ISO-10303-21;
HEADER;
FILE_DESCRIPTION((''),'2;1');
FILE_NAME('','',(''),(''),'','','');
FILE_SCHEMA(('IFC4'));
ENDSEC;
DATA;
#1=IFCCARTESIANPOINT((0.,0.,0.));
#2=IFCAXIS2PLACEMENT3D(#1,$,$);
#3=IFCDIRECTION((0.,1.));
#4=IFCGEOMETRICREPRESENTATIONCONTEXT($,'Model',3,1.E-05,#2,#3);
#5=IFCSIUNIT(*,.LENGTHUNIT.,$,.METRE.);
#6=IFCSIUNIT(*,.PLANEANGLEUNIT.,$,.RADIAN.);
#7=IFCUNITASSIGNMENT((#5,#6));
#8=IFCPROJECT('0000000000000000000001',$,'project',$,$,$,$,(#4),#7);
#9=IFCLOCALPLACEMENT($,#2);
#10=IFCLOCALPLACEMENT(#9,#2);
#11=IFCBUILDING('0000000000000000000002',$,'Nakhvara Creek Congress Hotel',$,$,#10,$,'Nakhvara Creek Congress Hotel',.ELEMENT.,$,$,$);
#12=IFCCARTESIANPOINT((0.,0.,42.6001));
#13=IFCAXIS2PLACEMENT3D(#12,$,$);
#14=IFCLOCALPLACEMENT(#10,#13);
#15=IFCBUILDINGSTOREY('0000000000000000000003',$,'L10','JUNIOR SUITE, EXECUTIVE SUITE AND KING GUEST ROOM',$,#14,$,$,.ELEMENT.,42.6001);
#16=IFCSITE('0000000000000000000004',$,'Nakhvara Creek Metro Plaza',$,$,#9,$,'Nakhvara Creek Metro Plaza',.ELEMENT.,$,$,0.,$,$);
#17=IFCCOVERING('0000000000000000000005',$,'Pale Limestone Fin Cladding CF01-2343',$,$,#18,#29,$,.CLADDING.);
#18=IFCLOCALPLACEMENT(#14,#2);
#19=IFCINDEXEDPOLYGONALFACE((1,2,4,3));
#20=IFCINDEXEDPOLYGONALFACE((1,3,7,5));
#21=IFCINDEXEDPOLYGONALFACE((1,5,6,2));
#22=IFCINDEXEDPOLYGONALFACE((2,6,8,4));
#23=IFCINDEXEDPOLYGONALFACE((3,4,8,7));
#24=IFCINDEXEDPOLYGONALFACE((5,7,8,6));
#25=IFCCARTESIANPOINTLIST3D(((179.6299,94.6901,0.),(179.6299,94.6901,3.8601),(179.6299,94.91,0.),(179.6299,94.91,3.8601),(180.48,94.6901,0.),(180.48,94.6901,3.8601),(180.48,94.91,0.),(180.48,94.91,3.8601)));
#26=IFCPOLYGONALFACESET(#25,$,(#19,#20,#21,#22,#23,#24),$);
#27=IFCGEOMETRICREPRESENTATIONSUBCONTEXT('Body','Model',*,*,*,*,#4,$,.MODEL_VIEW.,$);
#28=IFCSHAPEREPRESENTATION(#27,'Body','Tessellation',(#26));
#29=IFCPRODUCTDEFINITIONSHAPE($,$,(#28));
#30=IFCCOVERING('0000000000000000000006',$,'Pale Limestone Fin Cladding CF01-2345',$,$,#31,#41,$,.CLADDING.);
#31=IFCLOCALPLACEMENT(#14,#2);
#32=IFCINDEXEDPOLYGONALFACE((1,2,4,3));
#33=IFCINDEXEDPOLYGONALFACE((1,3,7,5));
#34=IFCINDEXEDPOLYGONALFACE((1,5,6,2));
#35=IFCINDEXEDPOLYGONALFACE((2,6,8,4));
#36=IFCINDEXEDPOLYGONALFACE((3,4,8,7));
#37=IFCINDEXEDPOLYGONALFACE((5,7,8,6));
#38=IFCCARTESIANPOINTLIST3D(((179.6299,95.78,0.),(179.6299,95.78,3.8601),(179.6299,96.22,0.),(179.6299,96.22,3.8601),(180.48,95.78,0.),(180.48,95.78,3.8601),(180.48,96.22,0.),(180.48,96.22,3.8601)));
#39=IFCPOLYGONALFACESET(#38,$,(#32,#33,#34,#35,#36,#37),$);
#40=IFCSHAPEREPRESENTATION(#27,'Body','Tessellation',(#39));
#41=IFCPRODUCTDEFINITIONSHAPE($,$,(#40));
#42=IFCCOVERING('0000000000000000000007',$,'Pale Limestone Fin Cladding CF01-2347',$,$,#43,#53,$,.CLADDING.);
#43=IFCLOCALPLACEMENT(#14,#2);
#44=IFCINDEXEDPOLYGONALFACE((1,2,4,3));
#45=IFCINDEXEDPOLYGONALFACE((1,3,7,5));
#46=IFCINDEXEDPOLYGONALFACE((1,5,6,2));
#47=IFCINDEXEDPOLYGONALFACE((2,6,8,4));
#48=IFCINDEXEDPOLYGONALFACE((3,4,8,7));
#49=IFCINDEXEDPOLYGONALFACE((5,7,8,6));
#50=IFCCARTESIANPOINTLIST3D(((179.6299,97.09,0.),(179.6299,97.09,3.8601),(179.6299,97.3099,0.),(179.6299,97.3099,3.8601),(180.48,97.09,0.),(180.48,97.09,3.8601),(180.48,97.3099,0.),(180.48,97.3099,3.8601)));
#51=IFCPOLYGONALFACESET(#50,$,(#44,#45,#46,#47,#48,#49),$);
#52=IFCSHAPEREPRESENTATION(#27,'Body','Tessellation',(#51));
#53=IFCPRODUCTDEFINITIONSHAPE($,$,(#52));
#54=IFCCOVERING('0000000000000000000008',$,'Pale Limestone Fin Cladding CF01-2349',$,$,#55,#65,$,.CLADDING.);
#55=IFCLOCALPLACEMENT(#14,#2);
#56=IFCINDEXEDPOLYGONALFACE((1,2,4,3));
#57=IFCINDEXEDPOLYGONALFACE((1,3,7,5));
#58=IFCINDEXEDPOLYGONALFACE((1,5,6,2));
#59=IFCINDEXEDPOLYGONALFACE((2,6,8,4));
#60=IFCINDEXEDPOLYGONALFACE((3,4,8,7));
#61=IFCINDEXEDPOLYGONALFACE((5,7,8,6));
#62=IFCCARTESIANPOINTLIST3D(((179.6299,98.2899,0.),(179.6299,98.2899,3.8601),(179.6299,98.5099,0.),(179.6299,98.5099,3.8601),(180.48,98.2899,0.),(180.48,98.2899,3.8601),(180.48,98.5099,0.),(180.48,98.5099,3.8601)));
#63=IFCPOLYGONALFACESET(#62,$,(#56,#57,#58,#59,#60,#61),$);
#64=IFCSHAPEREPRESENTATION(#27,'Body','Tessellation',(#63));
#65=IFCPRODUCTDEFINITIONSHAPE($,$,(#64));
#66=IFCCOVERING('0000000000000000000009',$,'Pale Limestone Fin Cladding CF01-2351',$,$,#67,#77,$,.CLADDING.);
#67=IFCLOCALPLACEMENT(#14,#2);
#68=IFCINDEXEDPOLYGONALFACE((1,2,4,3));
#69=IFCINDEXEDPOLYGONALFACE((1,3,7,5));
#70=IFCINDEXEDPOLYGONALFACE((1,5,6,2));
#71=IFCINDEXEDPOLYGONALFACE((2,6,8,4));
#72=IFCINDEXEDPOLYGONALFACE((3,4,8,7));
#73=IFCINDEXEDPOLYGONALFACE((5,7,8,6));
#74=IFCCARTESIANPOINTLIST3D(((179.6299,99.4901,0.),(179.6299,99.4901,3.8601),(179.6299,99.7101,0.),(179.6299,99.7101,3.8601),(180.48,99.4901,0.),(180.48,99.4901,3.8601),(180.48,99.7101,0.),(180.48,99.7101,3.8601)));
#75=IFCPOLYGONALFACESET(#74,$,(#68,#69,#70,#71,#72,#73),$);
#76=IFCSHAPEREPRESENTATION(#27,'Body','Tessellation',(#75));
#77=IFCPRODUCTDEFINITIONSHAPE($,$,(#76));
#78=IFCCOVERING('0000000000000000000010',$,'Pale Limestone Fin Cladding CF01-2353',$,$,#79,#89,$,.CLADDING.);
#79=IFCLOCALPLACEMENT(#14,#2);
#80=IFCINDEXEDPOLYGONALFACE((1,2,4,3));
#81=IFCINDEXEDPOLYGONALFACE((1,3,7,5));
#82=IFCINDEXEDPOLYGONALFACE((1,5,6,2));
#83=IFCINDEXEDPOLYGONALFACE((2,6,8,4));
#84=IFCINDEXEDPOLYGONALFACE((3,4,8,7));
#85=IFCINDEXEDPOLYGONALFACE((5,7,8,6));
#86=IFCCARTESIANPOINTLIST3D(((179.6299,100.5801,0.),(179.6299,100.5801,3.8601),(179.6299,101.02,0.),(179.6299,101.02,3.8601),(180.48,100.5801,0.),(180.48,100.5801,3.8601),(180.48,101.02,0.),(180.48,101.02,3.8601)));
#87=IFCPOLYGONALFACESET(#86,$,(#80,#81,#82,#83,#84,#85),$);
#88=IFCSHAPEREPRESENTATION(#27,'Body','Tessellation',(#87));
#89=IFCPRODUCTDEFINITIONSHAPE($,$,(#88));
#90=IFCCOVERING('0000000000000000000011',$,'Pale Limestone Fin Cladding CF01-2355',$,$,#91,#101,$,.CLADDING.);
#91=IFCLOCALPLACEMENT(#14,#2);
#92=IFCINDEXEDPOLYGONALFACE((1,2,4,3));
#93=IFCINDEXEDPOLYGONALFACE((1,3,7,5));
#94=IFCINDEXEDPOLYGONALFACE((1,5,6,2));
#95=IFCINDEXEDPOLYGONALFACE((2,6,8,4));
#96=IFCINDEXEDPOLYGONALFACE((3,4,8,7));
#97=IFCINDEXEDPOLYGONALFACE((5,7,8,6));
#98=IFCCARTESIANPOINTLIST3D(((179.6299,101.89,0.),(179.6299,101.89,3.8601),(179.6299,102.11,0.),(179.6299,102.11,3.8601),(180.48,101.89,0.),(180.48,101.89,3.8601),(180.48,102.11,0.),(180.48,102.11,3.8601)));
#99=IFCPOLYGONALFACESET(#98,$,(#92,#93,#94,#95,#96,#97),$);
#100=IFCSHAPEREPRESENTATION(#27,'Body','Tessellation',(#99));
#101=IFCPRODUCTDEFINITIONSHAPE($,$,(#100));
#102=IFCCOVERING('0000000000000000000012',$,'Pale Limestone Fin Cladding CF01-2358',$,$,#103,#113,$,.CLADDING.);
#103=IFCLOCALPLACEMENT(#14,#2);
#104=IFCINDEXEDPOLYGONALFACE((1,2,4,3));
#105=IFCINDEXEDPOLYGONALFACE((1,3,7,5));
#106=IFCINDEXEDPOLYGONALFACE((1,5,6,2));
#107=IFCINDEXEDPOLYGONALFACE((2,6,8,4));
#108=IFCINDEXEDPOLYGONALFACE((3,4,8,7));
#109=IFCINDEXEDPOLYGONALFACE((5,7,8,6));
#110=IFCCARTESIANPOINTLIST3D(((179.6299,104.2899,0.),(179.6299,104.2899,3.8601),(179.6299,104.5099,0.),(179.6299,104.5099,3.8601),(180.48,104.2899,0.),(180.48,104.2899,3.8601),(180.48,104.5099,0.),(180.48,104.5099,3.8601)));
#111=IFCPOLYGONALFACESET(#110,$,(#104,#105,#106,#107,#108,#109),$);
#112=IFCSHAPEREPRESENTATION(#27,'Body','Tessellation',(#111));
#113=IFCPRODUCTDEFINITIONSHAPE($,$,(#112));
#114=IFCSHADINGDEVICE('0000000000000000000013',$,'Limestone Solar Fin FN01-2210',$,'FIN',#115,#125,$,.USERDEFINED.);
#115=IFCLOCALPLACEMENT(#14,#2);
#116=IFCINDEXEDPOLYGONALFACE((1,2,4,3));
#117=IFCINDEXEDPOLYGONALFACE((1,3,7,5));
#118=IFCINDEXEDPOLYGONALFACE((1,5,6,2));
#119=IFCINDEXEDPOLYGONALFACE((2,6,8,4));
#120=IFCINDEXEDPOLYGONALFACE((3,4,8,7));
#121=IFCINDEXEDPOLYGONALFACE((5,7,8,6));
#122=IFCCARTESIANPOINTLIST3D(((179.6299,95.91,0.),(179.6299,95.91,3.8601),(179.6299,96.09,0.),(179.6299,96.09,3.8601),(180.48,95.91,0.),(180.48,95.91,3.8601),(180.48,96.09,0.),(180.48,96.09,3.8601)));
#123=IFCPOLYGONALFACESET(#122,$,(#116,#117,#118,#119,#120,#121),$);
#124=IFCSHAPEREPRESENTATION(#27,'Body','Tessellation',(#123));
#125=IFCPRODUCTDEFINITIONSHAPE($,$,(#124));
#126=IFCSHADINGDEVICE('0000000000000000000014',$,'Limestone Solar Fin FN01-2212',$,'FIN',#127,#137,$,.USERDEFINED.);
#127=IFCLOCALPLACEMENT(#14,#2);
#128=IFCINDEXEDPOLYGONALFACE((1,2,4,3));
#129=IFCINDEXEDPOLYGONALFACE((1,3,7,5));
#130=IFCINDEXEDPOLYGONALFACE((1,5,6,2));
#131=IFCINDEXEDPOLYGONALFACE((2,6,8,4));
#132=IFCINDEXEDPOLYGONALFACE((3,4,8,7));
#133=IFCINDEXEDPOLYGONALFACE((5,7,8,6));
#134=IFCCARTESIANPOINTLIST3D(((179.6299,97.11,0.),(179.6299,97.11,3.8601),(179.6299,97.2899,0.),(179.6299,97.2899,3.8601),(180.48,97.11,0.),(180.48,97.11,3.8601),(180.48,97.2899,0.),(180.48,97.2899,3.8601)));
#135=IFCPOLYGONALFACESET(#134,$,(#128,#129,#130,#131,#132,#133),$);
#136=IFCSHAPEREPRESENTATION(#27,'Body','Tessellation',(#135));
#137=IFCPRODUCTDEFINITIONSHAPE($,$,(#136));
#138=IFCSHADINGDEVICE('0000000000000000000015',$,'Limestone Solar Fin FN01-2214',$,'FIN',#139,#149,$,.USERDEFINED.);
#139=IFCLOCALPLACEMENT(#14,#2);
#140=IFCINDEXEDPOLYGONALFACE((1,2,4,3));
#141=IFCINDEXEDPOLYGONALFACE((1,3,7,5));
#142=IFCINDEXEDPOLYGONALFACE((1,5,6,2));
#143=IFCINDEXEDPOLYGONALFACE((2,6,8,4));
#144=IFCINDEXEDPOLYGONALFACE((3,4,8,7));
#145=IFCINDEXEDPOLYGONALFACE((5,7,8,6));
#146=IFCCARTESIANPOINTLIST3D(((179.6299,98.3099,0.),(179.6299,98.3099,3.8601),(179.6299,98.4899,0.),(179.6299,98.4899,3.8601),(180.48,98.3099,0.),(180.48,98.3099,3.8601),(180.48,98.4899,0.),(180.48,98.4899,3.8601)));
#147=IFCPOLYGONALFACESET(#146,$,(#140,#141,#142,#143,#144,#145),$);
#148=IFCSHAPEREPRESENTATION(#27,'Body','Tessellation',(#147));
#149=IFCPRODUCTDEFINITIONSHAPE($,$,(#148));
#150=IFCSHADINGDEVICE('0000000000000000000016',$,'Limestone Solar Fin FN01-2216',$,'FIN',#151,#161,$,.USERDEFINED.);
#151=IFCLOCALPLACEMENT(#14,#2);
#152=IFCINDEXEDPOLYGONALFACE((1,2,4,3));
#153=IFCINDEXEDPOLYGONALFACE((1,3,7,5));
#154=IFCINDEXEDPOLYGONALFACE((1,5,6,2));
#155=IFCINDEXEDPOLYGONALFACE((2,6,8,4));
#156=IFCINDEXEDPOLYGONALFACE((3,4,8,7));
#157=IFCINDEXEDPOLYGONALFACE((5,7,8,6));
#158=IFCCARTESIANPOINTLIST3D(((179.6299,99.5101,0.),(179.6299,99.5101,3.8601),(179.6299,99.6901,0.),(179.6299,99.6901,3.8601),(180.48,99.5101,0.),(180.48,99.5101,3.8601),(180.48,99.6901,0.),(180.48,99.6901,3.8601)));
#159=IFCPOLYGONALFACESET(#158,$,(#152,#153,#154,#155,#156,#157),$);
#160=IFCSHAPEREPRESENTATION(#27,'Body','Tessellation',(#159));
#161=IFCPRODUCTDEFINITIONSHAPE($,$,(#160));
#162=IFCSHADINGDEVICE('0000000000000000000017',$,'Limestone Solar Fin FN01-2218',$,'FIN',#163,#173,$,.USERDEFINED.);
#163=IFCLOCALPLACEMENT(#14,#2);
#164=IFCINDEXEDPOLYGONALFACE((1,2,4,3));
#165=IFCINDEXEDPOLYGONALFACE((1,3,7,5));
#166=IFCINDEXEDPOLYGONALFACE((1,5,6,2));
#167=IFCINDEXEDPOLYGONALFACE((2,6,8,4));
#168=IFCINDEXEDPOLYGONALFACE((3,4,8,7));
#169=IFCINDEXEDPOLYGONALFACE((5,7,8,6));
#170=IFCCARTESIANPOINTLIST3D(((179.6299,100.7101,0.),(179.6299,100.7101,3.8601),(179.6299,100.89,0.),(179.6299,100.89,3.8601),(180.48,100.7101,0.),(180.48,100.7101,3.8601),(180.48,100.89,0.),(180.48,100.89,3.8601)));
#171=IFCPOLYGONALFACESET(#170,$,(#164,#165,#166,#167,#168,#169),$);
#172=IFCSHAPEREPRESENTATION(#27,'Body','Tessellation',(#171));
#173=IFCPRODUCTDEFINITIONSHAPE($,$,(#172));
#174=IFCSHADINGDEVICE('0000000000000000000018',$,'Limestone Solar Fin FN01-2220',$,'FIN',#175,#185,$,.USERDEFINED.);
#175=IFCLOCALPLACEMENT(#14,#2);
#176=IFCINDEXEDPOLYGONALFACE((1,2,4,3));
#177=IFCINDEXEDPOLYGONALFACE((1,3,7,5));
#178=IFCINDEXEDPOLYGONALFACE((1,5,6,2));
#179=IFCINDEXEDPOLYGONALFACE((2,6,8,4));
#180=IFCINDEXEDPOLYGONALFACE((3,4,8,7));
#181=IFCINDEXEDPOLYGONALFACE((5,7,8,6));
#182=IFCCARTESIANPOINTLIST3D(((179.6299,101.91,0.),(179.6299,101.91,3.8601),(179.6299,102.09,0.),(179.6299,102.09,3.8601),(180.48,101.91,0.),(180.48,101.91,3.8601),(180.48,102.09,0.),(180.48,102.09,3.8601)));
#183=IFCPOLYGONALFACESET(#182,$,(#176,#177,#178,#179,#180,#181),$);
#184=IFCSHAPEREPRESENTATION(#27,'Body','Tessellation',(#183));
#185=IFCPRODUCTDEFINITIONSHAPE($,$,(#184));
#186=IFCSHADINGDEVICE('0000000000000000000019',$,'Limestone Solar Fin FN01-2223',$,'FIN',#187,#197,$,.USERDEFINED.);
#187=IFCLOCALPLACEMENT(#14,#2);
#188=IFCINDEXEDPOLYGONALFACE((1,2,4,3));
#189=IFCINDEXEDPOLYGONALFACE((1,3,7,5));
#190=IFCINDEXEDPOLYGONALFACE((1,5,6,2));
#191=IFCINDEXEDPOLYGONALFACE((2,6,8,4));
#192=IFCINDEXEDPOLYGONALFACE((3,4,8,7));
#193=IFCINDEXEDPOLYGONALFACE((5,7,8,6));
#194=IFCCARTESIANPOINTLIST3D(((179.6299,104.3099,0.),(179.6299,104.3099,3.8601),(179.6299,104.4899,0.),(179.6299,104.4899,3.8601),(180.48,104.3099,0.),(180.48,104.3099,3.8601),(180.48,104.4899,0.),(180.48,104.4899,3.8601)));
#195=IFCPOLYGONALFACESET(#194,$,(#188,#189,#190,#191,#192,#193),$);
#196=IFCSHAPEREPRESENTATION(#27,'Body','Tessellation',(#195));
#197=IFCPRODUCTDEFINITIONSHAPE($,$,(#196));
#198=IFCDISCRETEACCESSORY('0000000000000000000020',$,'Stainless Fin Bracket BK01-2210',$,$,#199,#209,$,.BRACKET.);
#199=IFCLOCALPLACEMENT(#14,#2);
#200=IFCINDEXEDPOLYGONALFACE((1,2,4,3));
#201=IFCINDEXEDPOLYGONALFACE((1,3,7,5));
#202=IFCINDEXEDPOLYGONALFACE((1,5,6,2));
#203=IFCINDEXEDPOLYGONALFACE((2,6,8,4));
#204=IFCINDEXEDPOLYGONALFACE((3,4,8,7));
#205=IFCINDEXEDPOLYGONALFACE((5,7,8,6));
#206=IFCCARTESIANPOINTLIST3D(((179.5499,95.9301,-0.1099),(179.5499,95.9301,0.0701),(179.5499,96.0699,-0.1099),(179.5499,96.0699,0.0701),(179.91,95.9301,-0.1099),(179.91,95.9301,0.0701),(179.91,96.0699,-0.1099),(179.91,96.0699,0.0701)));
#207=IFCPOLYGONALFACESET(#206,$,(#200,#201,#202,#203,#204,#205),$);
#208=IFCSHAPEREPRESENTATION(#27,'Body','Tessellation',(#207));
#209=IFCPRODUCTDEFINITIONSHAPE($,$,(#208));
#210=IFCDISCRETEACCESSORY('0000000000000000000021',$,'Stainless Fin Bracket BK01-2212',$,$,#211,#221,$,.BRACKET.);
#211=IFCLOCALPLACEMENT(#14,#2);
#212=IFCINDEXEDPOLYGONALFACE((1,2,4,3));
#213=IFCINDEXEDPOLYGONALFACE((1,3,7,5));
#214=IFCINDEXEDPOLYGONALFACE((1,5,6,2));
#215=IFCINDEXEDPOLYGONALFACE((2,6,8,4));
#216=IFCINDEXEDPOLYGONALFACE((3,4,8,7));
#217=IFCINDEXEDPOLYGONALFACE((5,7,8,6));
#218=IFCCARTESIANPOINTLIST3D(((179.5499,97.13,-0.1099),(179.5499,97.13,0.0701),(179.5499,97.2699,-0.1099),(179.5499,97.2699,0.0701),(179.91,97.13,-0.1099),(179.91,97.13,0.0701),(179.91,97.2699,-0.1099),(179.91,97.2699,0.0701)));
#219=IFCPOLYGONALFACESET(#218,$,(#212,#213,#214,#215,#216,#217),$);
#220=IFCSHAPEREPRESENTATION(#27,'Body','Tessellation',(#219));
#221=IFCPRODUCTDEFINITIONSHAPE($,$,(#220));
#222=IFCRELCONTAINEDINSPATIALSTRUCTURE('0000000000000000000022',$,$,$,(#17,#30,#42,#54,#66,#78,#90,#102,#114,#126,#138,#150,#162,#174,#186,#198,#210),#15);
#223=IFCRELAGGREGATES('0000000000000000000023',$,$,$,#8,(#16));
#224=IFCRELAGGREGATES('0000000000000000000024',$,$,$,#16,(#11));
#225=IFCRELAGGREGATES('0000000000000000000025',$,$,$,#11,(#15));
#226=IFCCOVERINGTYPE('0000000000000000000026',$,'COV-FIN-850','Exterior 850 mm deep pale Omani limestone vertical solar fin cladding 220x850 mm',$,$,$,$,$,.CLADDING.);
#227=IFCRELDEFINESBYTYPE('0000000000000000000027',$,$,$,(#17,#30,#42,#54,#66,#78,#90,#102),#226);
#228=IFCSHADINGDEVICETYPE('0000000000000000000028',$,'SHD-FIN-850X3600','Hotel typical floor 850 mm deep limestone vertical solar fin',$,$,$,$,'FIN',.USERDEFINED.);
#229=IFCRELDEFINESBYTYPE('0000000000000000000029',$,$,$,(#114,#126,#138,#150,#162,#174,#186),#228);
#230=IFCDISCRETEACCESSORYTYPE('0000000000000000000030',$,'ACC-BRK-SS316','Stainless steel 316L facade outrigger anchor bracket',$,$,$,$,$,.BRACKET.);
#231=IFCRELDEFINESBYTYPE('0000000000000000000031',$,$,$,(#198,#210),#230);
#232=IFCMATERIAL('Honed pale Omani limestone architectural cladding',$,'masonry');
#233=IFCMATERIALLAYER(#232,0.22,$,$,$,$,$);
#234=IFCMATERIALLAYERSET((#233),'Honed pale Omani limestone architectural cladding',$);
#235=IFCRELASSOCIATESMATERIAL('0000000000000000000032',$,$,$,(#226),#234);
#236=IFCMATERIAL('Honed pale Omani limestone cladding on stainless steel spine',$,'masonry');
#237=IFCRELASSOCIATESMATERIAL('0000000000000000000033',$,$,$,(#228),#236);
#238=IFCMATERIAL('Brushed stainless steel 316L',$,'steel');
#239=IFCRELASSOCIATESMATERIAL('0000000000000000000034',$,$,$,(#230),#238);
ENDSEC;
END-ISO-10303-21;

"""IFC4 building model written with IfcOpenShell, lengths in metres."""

from ifc_helpers import new_model, si_unit, direction, frame, origin, origin_2d, place, context, subcontext, project, spatial, rectangle, extrude, material, layer, layer_set, type_object, element, save


model = new_model("IFC4")

# Units and contexts
model_context = context("Model", 3, precision=1e-05, world=origin(), true_north=direction((0.0, 1.0)))
body_context = subcontext(model_context, "Body", "Model", "MODEL_VIEW")
ifc_project = project(units=[si_unit("LENGTHUNIT", "METRE"), si_unit("PLANEANGLEUNIT", "RADIAN")], contexts=[model_context])

# Site, building, storey
site_placement = place(None, origin())
site = spatial("IfcSite", under=ifc_project, at=site_placement, Name="Nakhvara Creek Metro Plaza", LongName="Nakhvara Creek Metro Plaza", CompositionType="ELEMENT", RefElevation=0.0)
building_placement = place(site_placement, origin())
building = spatial("IfcBuilding", under=site, at=building_placement, Name="Nakhvara Creek Congress Hotel", LongName="Nakhvara Creek Congress Hotel", CompositionType="ELEMENT")
storey_placement = place(building_placement, frame((0.0, 0.0, 42.6001)))
storey = spatial("IfcBuildingStorey", under=building, at=storey_placement, Name="L10", Description="JUNIOR SUITE, EXECUTIVE SUITE AND KING GUEST ROOM", CompositionType="ELEMENT", Elevation=42.6001)

# Coverings
ifc_material_1 = material(Name="Honed pale Omani limestone architectural cladding", Category="masonry")
ifc_layer_1 = layer(ifc_material_1, 0.22)
ifc_layer_set_1 = layer_set([ifc_layer_1], Name="Honed pale Omani limestone architectural cladding")
covering_type = type_object("IfcCoveringType", Name="COV-FIN-850", Description="Exterior 850 mm deep pale Omani limestone vertical solar fin cladding 220x850 mm", PredefinedType="CLADDING", material=ifc_layer_set_1)
covering_1_placement = place(storey_placement, frame((180.0549, 94.8, 0.0), z_axis=(0.0, 0.0, 1.0), x_axis=(0.0, 1.0, 0.0)))
element("IfcCovering", 1, at=covering_1_placement, inside=storey, type_object=covering_type, Name="Pale Limestone Fin Cladding CF01-2343", PredefinedType="CLADDING", context=body_context, shape_type="SweptSolid", body=[
    extrude(rectangle(XDim=0.22, YDim=0.8501, at=origin_2d()), origin(), (0.0, 0.0, 1.0), 3.8601),
])
covering_2_placement = place(storey_placement, frame((180.0549, 96.0, 0.0), z_axis=(0.0, 0.0, 1.0), x_axis=(0.0, 1.0, 0.0)))
element("IfcCovering", 2, at=covering_2_placement, inside=storey, type_object=covering_type, Name="Pale Limestone Fin Cladding CF01-2345", PredefinedType="CLADDING", context=body_context, shape_type="SweptSolid", body=[
    extrude(rectangle(XDim=0.4399, YDim=0.8501, at=origin_2d()), origin(), (0.0, 0.0, 1.0), 3.8601),
])
for number, where, z_axis, x_axis, name in (
    (3, (180.0549, 97.2, 0.0), (0.0, 0.0, 1.0), (0.0, 1.0, 0.0), "Pale Limestone Fin Cladding CF01-2347"),
    (4, (180.0549, 98.3999, 0.0), (0.0, 0.0, 1.0), (0.0, 1.0, 0.0), "Pale Limestone Fin Cladding CF01-2349"),
    (5, (180.0549, 99.6001, 0.0), (0.0, 0.0, 1.0), (0.0, 1.0, 0.0), "Pale Limestone Fin Cladding CF01-2351"),
):
    element("IfcCovering", number, at=place(storey_placement, frame(where, z_axis=z_axis, x_axis=x_axis)), inside=storey, type_object=covering_type, Name=name, PredefinedType="CLADDING", context=body_context, shape_type="SweptSolid", body=[
        extrude(rectangle(XDim=0.22, YDim=0.8501, at=origin_2d()), origin(), (0.0, 0.0, 1.0), 3.8601),
    ])
covering_3_placement = place(storey_placement, frame((180.0549, 100.8, 0.0), z_axis=(0.0, 0.0, 1.0), x_axis=(0.0, 1.0, 0.0)))
element("IfcCovering", 6, at=covering_3_placement, inside=storey, type_object=covering_type, Name="Pale Limestone Fin Cladding CF01-2353", PredefinedType="CLADDING", context=body_context, shape_type="SweptSolid", body=[
    extrude(rectangle(XDim=0.4399, YDim=0.8501, at=origin_2d()), origin(), (0.0, 0.0, 1.0), 3.8601),
])
for number, where, z_axis, x_axis, name in (
    (7, (180.0549, 102.0, 0.0), (0.0, 0.0, 1.0), (0.0, 1.0, 0.0), "Pale Limestone Fin Cladding CF01-2355"),
    (8, (180.0549, 104.3999, 0.0), (0.0, 0.0, 1.0), (0.0, 1.0, 0.0), "Pale Limestone Fin Cladding CF01-2358"),
):
    element("IfcCovering", number, at=place(storey_placement, frame(where, z_axis=z_axis, x_axis=x_axis)), inside=storey, type_object=covering_type, Name=name, PredefinedType="CLADDING", context=body_context, shape_type="SweptSolid", body=[
        extrude(rectangle(XDim=0.22, YDim=0.8501, at=origin_2d()), origin(), (0.0, 0.0, 1.0), 3.8601),
    ])

# Shading devices
ifc_material_2 = material(Name="Honed pale Omani limestone cladding on stainless steel spine", Category="masonry")
shading_device_type = type_object("IfcShadingDeviceType", Name="SHD-FIN-850X3600", Description="Hotel typical floor 850 mm deep limestone vertical solar fin", ElementType="FIN", PredefinedType="USERDEFINED", material=ifc_material_2)
for number, where, z_axis, x_axis, name in (
    (9, (180.0549, 96.0, 0.0), (0.0, 0.0, 1.0), (0.0, 1.0, 0.0), "Limestone Solar Fin FN01-2210"),
    (10, (180.0549, 97.2, 0.0), (0.0, 0.0, 1.0), (0.0, 1.0, 0.0), "Limestone Solar Fin FN01-2212"),
    (11, (180.0549, 98.3999, 0.0), (0.0, 0.0, 1.0), (0.0, 1.0, 0.0), "Limestone Solar Fin FN01-2214"),
    (12, (180.0549, 99.6001, 0.0), (0.0, 0.0, 1.0), (0.0, 1.0, 0.0), "Limestone Solar Fin FN01-2216"),
    (13, (180.0549, 100.8, 0.0), (0.0, 0.0, 1.0), (0.0, 1.0, 0.0), "Limestone Solar Fin FN01-2218"),
    (14, (180.0549, 102.0, 0.0), (0.0, 0.0, 1.0), (0.0, 1.0, 0.0), "Limestone Solar Fin FN01-2220"),
    (15, (180.0549, 104.3999, 0.0), (0.0, 0.0, 1.0), (0.0, 1.0, 0.0), "Limestone Solar Fin FN01-2223"),
):
    element("IfcShadingDevice", number, at=place(storey_placement, frame(where, z_axis=z_axis, x_axis=x_axis)), inside=storey, type_object=shading_device_type, Name=name, ObjectType="FIN", PredefinedType="USERDEFINED", context=body_context, shape_type="SweptSolid", body=[
        extrude(rectangle(XDim=0.1799, YDim=0.8501, at=origin_2d()), origin(), (0.0, 0.0, 1.0), 3.8601),
    ])

# Discrete accessories
ifc_material_3 = material(Name="Brushed stainless steel 316L", Category="steel")
discrete_accessory_type = type_object("IfcDiscreteAccessoryType", Name="ACC-BRK-SS316", Description="Stainless steel 316L facade outrigger anchor bracket", PredefinedType="BRACKET", material=ifc_material_3)
for number, where, z_axis, x_axis, name in (
    (16, (179.73, 96.0, -0.1099), (0.0, 0.0, 1.0), (0.0, 1.0, 0.0), "Stainless Fin Bracket BK01-2210"),
    (17, (179.73, 97.2, -0.1099), (0.0, 0.0, 1.0), (0.0, 1.0, 0.0), "Stainless Fin Bracket BK01-2212"),
):
    element("IfcDiscreteAccessory", number, at=place(storey_placement, frame(where, z_axis=z_axis, x_axis=x_axis)), inside=storey, type_object=discrete_accessory_type, Name=name, PredefinedType="BRACKET", context=body_context, shape_type="SweptSolid", body=[
        extrude(rectangle(XDim=0.1399, YDim=0.3601, at=origin_2d()), origin(), (0.0, 0.0, 1.0), 0.1799),
    ])

save(model, "model.ifc")
